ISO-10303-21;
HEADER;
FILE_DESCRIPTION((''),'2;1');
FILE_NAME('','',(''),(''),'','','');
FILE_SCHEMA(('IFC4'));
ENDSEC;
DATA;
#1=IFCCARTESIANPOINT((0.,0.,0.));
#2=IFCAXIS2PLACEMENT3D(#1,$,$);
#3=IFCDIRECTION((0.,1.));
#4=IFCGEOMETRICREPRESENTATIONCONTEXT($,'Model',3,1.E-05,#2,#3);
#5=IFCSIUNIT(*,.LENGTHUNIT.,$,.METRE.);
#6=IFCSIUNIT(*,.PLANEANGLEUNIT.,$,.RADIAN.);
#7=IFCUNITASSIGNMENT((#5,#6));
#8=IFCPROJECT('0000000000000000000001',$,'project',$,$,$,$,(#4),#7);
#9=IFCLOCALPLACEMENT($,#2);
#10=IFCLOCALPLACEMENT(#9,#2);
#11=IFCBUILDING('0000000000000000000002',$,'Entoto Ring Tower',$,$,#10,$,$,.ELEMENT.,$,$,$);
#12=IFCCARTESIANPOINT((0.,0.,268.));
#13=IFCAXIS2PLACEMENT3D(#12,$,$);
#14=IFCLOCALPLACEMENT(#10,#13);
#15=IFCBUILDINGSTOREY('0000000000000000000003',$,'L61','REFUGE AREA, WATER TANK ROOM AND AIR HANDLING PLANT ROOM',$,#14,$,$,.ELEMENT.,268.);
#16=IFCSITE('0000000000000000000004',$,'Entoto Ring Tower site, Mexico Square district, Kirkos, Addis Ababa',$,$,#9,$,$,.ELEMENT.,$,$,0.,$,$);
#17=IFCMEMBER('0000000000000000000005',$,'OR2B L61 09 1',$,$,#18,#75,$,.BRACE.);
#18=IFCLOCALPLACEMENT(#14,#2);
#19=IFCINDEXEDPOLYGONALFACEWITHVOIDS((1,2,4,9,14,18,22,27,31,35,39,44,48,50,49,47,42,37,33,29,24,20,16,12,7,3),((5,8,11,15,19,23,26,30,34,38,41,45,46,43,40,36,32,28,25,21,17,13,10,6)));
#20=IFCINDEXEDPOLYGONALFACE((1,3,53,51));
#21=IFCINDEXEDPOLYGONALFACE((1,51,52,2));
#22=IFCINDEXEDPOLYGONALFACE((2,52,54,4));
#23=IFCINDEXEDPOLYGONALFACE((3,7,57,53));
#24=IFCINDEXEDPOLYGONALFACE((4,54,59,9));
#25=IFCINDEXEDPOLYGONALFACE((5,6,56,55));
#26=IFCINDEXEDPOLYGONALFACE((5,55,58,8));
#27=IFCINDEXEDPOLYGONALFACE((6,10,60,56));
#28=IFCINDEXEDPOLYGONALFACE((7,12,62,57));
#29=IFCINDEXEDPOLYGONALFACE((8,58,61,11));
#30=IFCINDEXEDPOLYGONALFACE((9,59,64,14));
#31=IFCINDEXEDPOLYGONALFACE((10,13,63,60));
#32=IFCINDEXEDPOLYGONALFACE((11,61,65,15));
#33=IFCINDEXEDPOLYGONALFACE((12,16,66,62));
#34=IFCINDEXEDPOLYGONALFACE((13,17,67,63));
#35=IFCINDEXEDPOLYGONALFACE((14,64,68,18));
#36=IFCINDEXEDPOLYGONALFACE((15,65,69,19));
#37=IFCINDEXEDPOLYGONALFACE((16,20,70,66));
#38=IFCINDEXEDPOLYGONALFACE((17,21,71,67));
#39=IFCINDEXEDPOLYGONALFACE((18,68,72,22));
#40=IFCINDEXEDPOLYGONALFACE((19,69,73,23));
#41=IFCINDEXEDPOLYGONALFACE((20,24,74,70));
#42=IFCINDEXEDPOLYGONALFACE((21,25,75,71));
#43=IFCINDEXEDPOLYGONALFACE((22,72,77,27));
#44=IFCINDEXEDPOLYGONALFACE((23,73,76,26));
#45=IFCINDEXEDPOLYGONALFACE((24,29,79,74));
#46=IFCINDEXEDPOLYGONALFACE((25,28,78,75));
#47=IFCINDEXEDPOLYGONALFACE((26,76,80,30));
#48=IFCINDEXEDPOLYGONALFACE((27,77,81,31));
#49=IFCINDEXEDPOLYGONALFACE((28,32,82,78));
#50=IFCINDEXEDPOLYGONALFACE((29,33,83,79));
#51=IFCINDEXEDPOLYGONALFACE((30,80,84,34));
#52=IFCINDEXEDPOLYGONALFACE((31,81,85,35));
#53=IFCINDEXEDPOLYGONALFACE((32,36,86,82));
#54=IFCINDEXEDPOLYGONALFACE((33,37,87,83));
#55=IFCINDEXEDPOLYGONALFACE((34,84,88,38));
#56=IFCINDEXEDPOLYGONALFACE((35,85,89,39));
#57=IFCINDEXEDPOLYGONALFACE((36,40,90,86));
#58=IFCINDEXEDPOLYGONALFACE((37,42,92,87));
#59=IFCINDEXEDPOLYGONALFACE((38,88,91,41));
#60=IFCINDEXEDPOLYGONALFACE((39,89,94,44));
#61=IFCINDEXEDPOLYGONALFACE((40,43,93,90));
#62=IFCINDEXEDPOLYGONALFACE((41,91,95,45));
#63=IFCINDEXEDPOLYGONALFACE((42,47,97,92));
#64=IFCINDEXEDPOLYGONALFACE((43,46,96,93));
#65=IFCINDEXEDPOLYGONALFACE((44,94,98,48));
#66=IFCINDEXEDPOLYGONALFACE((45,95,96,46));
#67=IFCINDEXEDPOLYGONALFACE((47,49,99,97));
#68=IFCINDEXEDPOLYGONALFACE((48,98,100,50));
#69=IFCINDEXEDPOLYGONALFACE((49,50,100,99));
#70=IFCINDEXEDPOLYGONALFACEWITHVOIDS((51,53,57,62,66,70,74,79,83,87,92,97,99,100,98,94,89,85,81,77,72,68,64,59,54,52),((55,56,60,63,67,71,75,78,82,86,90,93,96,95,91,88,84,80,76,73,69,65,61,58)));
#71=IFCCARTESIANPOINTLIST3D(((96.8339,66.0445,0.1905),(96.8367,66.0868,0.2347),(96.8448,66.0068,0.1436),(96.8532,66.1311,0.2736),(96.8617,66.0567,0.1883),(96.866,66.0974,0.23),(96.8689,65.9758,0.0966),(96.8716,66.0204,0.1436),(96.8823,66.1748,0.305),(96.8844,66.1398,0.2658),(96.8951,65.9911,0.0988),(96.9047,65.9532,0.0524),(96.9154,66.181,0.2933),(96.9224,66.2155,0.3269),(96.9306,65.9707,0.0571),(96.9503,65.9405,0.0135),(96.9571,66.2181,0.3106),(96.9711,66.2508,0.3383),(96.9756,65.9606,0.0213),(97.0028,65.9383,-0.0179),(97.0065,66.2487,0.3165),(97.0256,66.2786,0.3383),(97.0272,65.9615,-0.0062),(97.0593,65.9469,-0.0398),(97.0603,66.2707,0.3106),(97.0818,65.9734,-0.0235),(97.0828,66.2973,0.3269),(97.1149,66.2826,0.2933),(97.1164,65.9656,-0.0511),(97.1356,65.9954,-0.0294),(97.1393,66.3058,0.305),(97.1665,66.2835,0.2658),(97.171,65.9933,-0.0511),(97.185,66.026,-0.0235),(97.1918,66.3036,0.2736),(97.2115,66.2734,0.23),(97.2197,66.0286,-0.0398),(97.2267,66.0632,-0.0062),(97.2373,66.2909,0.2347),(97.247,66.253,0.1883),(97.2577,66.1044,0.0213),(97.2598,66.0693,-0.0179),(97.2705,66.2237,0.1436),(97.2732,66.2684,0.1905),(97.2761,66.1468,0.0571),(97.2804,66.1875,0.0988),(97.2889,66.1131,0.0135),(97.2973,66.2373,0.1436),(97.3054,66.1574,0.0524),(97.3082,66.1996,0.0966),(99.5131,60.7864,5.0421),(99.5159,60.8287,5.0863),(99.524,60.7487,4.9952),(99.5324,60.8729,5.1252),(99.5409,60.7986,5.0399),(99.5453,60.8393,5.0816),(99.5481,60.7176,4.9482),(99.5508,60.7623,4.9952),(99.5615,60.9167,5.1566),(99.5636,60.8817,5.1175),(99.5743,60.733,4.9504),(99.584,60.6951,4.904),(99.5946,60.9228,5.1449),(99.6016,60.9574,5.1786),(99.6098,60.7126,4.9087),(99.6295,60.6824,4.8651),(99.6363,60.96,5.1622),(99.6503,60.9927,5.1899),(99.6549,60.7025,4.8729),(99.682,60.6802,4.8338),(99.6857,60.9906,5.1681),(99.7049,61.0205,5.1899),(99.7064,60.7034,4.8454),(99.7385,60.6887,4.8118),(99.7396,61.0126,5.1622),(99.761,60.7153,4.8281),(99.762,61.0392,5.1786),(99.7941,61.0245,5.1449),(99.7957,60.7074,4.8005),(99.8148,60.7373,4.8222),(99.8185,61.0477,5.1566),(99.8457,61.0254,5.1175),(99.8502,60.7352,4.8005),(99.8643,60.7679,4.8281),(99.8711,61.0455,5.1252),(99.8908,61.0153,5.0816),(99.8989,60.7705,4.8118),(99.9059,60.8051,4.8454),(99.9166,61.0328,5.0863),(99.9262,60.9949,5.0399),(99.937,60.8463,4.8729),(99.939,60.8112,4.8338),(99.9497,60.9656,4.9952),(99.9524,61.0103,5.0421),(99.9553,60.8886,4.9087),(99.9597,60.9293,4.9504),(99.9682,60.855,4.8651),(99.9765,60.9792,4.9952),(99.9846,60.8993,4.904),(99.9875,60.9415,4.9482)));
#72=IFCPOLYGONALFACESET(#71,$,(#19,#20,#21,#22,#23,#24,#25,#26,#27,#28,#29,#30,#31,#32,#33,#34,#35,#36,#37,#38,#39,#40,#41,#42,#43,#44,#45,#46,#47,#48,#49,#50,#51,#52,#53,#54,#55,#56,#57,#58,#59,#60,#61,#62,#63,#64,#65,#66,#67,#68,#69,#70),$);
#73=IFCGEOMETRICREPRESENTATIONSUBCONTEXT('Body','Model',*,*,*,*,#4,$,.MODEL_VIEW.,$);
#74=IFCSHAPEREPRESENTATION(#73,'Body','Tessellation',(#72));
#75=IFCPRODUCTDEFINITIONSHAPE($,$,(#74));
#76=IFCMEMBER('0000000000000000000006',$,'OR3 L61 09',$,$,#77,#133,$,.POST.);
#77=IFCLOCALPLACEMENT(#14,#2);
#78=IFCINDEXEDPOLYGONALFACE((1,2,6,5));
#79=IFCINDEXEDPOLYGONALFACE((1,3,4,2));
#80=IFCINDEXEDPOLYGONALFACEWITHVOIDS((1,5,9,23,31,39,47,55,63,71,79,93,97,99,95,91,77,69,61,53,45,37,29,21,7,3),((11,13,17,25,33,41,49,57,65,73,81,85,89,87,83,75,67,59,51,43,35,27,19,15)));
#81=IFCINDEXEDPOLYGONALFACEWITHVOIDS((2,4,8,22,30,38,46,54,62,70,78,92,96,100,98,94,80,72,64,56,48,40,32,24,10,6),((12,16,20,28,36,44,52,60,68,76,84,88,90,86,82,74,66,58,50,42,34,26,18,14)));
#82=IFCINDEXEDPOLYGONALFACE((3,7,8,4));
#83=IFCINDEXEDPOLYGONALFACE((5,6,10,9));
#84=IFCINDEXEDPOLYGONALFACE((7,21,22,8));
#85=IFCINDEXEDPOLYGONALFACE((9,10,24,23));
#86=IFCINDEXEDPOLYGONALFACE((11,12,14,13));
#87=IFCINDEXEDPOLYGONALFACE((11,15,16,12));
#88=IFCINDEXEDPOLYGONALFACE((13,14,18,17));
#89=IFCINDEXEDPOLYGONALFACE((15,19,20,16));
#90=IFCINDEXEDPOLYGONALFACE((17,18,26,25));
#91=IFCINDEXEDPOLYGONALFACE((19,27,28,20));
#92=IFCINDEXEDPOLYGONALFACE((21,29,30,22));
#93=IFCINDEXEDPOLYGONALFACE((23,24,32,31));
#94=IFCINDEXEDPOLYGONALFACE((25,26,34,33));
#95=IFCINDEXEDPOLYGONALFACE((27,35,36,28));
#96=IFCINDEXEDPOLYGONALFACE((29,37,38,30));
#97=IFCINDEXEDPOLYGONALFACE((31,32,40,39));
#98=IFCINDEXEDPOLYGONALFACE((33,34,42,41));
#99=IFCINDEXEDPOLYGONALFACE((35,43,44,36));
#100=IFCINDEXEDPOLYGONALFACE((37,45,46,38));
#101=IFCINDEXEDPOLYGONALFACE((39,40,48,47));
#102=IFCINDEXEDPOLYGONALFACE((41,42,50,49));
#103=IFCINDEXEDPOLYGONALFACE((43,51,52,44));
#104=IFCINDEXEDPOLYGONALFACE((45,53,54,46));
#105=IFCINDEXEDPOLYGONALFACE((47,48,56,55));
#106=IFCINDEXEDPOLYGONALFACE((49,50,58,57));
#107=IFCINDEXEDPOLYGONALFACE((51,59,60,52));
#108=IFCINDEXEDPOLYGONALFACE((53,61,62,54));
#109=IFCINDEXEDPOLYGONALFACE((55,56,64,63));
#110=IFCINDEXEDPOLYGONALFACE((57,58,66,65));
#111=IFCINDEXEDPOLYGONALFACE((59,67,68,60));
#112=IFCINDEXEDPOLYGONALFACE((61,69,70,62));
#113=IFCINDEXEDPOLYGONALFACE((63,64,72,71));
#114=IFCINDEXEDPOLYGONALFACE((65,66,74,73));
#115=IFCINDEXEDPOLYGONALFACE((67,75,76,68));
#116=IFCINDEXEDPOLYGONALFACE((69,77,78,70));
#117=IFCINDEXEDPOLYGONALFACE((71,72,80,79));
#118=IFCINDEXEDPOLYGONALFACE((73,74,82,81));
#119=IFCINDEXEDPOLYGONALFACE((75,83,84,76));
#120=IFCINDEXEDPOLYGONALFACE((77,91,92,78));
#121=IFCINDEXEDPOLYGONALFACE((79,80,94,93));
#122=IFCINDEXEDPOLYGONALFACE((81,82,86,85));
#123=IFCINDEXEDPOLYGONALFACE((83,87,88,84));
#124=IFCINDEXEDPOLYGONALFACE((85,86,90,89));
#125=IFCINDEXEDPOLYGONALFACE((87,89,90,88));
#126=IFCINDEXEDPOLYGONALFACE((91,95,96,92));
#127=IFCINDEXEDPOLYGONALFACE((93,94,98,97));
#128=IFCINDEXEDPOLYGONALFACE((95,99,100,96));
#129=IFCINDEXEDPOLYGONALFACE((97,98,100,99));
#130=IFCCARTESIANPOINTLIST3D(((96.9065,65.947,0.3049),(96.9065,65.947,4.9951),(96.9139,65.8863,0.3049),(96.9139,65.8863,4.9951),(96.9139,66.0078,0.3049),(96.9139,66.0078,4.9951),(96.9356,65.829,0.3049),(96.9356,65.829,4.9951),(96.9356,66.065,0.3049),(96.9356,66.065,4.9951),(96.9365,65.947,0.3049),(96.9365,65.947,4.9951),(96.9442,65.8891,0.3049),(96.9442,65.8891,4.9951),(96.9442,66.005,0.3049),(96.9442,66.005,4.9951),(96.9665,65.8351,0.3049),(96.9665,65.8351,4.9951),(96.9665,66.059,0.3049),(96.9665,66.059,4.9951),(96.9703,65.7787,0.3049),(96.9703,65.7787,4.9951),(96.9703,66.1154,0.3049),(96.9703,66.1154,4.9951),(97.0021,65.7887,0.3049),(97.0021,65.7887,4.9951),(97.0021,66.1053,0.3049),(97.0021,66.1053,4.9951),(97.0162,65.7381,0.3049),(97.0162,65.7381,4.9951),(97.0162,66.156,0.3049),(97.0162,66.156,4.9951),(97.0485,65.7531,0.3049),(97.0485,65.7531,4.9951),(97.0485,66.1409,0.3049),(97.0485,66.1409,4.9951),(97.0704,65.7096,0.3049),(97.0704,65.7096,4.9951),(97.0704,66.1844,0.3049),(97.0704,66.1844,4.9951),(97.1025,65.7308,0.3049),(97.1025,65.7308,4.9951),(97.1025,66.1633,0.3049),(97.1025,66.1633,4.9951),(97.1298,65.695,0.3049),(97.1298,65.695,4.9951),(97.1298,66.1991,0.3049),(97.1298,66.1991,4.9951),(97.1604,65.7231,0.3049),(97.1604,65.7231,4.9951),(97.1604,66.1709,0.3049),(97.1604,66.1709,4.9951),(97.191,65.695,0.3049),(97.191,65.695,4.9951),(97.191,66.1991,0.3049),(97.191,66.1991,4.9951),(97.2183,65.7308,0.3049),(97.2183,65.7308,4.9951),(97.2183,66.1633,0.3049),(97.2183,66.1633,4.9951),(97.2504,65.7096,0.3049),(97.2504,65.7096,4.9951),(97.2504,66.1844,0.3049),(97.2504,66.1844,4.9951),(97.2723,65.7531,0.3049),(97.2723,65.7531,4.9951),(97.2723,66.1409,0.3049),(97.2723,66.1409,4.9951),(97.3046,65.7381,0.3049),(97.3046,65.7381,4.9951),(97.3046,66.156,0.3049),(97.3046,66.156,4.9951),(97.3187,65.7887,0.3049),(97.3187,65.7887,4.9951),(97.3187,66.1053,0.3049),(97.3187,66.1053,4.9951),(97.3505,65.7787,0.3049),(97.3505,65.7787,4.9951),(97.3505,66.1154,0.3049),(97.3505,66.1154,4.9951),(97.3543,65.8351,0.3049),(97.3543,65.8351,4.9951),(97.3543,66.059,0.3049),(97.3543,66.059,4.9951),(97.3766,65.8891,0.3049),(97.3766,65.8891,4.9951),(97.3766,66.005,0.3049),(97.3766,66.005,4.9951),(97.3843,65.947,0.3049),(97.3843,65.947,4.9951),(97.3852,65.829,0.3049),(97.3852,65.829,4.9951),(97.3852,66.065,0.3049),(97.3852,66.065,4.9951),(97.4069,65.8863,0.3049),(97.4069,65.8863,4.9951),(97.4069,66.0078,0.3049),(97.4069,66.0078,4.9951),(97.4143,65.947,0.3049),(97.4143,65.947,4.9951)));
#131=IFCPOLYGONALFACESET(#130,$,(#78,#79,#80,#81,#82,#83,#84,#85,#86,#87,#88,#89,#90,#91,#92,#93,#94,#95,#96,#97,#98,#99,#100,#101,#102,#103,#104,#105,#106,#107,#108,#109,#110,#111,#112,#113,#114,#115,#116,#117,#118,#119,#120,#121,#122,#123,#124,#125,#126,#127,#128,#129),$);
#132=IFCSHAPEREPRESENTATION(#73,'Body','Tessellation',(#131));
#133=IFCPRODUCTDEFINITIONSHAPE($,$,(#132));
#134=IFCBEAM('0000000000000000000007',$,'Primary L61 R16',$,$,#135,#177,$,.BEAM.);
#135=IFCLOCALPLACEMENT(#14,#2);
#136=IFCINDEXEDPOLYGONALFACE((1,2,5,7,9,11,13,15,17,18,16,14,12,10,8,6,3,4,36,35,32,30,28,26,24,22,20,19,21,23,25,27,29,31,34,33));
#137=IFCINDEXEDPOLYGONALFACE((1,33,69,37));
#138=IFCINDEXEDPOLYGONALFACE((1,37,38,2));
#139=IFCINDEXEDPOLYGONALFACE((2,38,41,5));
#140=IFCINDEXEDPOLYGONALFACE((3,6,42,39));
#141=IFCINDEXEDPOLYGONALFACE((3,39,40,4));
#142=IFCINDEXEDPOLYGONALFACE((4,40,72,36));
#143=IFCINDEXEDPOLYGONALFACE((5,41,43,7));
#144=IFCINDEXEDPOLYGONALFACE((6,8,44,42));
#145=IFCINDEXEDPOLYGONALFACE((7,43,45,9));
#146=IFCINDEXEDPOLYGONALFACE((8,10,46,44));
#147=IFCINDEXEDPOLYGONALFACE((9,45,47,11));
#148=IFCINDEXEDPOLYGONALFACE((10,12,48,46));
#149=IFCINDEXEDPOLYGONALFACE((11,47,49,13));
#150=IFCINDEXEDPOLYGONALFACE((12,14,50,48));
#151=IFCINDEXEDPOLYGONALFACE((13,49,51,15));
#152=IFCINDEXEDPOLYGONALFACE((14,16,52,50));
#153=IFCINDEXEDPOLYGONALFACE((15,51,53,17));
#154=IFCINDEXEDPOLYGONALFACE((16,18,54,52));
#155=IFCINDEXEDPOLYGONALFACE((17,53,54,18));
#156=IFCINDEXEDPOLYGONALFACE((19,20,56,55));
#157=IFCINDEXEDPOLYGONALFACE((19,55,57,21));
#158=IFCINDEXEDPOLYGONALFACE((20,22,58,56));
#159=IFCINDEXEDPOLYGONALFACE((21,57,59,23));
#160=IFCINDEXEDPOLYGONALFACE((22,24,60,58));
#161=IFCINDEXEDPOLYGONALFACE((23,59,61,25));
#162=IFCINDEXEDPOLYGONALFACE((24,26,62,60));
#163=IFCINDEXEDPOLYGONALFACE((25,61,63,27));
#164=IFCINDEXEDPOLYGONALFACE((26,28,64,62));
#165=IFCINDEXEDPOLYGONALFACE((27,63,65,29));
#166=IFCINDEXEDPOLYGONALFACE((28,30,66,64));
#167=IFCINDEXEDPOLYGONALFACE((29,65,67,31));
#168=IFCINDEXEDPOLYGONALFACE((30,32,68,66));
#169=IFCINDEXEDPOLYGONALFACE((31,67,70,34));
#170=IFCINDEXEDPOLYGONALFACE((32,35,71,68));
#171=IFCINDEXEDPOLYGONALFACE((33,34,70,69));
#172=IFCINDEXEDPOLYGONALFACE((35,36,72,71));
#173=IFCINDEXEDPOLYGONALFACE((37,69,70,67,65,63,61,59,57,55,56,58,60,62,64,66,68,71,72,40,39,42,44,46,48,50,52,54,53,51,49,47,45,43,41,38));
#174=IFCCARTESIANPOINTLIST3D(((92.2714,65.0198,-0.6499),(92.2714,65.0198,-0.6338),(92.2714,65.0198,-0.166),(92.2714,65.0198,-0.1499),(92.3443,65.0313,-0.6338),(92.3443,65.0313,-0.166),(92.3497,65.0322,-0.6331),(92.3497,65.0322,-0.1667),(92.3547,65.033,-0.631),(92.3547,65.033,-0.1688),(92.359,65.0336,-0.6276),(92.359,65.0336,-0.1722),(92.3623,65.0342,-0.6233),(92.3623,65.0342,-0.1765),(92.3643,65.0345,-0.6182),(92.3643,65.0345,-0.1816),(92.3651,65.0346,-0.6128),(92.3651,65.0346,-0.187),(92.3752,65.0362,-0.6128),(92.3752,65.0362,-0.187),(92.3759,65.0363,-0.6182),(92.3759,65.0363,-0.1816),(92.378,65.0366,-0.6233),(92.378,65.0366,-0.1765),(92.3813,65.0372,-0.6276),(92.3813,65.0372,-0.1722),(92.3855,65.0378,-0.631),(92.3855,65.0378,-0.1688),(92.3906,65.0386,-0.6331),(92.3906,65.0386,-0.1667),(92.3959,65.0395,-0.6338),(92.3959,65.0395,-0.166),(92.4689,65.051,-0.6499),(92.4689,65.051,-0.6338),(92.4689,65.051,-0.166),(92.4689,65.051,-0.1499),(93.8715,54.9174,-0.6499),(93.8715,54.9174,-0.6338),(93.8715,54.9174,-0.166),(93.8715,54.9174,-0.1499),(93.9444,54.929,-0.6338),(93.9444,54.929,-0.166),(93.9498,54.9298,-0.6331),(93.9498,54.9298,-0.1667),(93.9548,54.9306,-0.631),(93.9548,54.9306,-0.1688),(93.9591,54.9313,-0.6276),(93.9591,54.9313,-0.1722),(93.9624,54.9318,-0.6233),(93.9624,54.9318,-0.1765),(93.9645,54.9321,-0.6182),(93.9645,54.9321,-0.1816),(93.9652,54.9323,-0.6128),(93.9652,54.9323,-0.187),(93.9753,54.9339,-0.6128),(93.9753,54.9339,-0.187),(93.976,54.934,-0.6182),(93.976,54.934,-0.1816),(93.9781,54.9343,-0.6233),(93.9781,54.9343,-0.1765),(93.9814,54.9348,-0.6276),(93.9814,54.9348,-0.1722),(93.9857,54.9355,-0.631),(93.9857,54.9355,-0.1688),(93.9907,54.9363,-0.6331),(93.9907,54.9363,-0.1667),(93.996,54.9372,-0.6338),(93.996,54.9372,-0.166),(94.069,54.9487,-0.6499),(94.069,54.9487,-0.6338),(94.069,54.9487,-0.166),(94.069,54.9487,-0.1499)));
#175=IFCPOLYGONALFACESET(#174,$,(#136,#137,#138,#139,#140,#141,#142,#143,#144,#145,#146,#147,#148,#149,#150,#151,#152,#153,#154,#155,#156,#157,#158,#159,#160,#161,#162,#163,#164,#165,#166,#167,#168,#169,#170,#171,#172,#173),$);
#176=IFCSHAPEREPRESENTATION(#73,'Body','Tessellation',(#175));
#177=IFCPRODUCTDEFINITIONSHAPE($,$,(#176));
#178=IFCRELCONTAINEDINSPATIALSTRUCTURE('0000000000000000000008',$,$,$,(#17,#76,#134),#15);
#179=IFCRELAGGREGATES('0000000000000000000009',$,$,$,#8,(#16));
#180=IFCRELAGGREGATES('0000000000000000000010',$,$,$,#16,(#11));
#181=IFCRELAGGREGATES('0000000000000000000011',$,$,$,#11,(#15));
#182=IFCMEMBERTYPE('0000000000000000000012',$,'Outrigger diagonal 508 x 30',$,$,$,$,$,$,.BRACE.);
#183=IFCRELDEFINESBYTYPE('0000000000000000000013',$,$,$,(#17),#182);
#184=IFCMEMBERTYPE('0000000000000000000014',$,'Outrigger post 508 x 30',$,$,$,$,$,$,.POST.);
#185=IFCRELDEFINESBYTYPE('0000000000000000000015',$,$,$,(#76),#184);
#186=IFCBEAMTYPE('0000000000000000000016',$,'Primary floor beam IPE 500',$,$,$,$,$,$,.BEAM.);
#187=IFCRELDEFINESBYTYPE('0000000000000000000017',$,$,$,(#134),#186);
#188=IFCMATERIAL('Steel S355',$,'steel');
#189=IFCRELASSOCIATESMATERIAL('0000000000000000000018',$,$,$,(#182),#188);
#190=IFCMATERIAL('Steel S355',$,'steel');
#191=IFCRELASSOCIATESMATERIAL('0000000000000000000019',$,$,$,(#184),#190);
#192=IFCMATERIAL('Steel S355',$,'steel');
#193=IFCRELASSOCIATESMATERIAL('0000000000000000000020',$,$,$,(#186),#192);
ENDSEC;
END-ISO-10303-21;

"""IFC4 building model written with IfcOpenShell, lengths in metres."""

from ifc_helpers import new_model, si_unit, direction, frame, origin, origin_2d, place, context, subcontext, project, spatial, circle, hollow_circle, i_section, extrude, material, material_profile, profile_set, type_object, element, save


model = new_model("IFC4")

# Units and contexts
model_context = context("Model", 3, precision=1e-05, world=origin(), true_north=direction((0.0, 1.0)))
body_context = subcontext(model_context, "Body", "Model", "MODEL_VIEW")
ifc_project = project(units=[si_unit("LENGTHUNIT", "METRE"), si_unit("PLANEANGLEUNIT", "RADIAN")], contexts=[model_context])

# Site, building, storey
site_placement = place(None, origin())
site = spatial("IfcSite", under=ifc_project, at=site_placement, Name="Entoto Ring Tower site, Mexico Square district, Kirkos, Addis Ababa", CompositionType="ELEMENT", RefElevation=0.0)
building_placement = place(site_placement, origin())
building = spatial("IfcBuilding", under=site, at=building_placement, Name="Entoto Ring Tower", CompositionType="ELEMENT")
storey_placement = place(building_placement, frame((0.0, 0.0, 268.0)))
storey = spatial("IfcBuildingStorey", under=building, at=storey_placement, Name="L61", Description="REFUGE AREA, WATER TANK ROOM AND AIR HANDLING PLANT ROOM", CompositionType="ELEMENT", Elevation=268.0)

# Members
ifc_material_1 = material(Name="Steel S355", Category="steel")
ifc_material_profile_1 = material_profile(ifc_material_1, hollow_circle(Radius=0.2539, WallThickness=0.03, at=origin_2d()), Name="CHS 508 x 30")
ifc_material_2 = material(Name="Concrete C60/75", Category="concrete")
ifc_material_profile_2 = material_profile(ifc_material_2, circle(Radius=0.2241, at=origin_2d()), Name="Concrete C60/75 infill")
ifc_profile_set_1 = profile_set([ifc_material_profile_1, ifc_material_profile_2], Name="Steel S355")
member_type_1 = type_object("IfcMemberType", Name="Outrigger diagonal 508 x 30", PredefinedType="BRACE", material=ifc_profile_set_1)
member_1_placement = place(storey_placement, frame((97.071, 66.1221, 0.1436), z_axis=(0.350701, -0.688267, 0.635058), x_axis=(0.891001, 0.454002, 0.0)))
element("IfcMember", 1, at=member_1_placement, inside=storey, type_object=member_type_1, Name="OR2B L61 09 1", PredefinedType="BRACE", context=body_context, shape_type="SweptSolid", body=[
    extrude(hollow_circle(Radius=0.2539, WallThickness=0.03, at=origin_2d()), origin(), (0.0, 0.0, 1.0), 7.6396),
])
ifc_material_3 = material(Name="Steel S355", Category="steel")
ifc_material_profile_3 = material_profile(ifc_material_3, hollow_circle(Radius=0.2539, WallThickness=0.03, at=origin_2d()), Name="CHS 508 x 30")
ifc_material_4 = material(Name="Concrete C60/75", Category="concrete")
ifc_material_profile_4 = material_profile(ifc_material_4, circle(Radius=0.2241, at=origin_2d()), Name="Concrete C60/75 infill")
ifc_profile_set_2 = profile_set([ifc_material_profile_3, ifc_material_profile_4], Name="Steel S355")
member_type_2 = type_object("IfcMemberType", Name="Outrigger post 508 x 30", PredefinedType="POST", material=ifc_profile_set_2)
member_2_placement = place(storey_placement, frame((97.1604, 65.947, 0.3049), z_axis=(0.0, 0.0, 1.0), x_axis=(1.0, 0.0, 0.0)))
element("IfcMember", 2, at=member_2_placement, inside=storey, type_object=member_type_2, Name="OR3 L61 09", PredefinedType="POST", context=body_context, shape_type="SweptSolid", body=[
    extrude(hollow_circle(Radius=0.2539, WallThickness=0.03, at=origin_2d()), origin(), (0.0, 0.0, 1.0), 4.6902),
])

# Beam
ifc_material_5 = material(Name="Steel S355", Category="steel")
ifc_material_profile_5 = material_profile(ifc_material_5, i_section(OverallWidth=0.2, OverallDepth=0.5, WebThickness=0.0103, FlangeThickness=0.0161, FilletRadius=0.021, at=origin_2d()), Name="IPE 500")
ifc_profile_set_3 = profile_set([ifc_material_profile_5], Name="Steel S355")
beam_type_1 = type_object("IfcBeamType", Name="Primary floor beam IPE 500", PredefinedType="BEAM", material=ifc_profile_set_3)
beam_1_placement = place(storey_placement, frame((92.3701, 65.0354, -0.3999), z_axis=(0.156439, -0.987688, 0.0), x_axis=(0.987688, 0.156439, 0.0)))
element("IfcBeam", 3, at=beam_1_placement, inside=storey, type_object=beam_type_1, Name="Primary L61 R16", PredefinedType="BEAM", context=body_context, shape_type="SweptSolid", body=[
    extrude(i_section(OverallWidth=0.2, OverallDepth=0.5, WebThickness=0.0103, FlangeThickness=0.0161, FilletRadius=0.021, at=origin_2d()), origin(), (0.0, 0.0, 1.0), 10.2283),
])

save(model, "model.ifc")
